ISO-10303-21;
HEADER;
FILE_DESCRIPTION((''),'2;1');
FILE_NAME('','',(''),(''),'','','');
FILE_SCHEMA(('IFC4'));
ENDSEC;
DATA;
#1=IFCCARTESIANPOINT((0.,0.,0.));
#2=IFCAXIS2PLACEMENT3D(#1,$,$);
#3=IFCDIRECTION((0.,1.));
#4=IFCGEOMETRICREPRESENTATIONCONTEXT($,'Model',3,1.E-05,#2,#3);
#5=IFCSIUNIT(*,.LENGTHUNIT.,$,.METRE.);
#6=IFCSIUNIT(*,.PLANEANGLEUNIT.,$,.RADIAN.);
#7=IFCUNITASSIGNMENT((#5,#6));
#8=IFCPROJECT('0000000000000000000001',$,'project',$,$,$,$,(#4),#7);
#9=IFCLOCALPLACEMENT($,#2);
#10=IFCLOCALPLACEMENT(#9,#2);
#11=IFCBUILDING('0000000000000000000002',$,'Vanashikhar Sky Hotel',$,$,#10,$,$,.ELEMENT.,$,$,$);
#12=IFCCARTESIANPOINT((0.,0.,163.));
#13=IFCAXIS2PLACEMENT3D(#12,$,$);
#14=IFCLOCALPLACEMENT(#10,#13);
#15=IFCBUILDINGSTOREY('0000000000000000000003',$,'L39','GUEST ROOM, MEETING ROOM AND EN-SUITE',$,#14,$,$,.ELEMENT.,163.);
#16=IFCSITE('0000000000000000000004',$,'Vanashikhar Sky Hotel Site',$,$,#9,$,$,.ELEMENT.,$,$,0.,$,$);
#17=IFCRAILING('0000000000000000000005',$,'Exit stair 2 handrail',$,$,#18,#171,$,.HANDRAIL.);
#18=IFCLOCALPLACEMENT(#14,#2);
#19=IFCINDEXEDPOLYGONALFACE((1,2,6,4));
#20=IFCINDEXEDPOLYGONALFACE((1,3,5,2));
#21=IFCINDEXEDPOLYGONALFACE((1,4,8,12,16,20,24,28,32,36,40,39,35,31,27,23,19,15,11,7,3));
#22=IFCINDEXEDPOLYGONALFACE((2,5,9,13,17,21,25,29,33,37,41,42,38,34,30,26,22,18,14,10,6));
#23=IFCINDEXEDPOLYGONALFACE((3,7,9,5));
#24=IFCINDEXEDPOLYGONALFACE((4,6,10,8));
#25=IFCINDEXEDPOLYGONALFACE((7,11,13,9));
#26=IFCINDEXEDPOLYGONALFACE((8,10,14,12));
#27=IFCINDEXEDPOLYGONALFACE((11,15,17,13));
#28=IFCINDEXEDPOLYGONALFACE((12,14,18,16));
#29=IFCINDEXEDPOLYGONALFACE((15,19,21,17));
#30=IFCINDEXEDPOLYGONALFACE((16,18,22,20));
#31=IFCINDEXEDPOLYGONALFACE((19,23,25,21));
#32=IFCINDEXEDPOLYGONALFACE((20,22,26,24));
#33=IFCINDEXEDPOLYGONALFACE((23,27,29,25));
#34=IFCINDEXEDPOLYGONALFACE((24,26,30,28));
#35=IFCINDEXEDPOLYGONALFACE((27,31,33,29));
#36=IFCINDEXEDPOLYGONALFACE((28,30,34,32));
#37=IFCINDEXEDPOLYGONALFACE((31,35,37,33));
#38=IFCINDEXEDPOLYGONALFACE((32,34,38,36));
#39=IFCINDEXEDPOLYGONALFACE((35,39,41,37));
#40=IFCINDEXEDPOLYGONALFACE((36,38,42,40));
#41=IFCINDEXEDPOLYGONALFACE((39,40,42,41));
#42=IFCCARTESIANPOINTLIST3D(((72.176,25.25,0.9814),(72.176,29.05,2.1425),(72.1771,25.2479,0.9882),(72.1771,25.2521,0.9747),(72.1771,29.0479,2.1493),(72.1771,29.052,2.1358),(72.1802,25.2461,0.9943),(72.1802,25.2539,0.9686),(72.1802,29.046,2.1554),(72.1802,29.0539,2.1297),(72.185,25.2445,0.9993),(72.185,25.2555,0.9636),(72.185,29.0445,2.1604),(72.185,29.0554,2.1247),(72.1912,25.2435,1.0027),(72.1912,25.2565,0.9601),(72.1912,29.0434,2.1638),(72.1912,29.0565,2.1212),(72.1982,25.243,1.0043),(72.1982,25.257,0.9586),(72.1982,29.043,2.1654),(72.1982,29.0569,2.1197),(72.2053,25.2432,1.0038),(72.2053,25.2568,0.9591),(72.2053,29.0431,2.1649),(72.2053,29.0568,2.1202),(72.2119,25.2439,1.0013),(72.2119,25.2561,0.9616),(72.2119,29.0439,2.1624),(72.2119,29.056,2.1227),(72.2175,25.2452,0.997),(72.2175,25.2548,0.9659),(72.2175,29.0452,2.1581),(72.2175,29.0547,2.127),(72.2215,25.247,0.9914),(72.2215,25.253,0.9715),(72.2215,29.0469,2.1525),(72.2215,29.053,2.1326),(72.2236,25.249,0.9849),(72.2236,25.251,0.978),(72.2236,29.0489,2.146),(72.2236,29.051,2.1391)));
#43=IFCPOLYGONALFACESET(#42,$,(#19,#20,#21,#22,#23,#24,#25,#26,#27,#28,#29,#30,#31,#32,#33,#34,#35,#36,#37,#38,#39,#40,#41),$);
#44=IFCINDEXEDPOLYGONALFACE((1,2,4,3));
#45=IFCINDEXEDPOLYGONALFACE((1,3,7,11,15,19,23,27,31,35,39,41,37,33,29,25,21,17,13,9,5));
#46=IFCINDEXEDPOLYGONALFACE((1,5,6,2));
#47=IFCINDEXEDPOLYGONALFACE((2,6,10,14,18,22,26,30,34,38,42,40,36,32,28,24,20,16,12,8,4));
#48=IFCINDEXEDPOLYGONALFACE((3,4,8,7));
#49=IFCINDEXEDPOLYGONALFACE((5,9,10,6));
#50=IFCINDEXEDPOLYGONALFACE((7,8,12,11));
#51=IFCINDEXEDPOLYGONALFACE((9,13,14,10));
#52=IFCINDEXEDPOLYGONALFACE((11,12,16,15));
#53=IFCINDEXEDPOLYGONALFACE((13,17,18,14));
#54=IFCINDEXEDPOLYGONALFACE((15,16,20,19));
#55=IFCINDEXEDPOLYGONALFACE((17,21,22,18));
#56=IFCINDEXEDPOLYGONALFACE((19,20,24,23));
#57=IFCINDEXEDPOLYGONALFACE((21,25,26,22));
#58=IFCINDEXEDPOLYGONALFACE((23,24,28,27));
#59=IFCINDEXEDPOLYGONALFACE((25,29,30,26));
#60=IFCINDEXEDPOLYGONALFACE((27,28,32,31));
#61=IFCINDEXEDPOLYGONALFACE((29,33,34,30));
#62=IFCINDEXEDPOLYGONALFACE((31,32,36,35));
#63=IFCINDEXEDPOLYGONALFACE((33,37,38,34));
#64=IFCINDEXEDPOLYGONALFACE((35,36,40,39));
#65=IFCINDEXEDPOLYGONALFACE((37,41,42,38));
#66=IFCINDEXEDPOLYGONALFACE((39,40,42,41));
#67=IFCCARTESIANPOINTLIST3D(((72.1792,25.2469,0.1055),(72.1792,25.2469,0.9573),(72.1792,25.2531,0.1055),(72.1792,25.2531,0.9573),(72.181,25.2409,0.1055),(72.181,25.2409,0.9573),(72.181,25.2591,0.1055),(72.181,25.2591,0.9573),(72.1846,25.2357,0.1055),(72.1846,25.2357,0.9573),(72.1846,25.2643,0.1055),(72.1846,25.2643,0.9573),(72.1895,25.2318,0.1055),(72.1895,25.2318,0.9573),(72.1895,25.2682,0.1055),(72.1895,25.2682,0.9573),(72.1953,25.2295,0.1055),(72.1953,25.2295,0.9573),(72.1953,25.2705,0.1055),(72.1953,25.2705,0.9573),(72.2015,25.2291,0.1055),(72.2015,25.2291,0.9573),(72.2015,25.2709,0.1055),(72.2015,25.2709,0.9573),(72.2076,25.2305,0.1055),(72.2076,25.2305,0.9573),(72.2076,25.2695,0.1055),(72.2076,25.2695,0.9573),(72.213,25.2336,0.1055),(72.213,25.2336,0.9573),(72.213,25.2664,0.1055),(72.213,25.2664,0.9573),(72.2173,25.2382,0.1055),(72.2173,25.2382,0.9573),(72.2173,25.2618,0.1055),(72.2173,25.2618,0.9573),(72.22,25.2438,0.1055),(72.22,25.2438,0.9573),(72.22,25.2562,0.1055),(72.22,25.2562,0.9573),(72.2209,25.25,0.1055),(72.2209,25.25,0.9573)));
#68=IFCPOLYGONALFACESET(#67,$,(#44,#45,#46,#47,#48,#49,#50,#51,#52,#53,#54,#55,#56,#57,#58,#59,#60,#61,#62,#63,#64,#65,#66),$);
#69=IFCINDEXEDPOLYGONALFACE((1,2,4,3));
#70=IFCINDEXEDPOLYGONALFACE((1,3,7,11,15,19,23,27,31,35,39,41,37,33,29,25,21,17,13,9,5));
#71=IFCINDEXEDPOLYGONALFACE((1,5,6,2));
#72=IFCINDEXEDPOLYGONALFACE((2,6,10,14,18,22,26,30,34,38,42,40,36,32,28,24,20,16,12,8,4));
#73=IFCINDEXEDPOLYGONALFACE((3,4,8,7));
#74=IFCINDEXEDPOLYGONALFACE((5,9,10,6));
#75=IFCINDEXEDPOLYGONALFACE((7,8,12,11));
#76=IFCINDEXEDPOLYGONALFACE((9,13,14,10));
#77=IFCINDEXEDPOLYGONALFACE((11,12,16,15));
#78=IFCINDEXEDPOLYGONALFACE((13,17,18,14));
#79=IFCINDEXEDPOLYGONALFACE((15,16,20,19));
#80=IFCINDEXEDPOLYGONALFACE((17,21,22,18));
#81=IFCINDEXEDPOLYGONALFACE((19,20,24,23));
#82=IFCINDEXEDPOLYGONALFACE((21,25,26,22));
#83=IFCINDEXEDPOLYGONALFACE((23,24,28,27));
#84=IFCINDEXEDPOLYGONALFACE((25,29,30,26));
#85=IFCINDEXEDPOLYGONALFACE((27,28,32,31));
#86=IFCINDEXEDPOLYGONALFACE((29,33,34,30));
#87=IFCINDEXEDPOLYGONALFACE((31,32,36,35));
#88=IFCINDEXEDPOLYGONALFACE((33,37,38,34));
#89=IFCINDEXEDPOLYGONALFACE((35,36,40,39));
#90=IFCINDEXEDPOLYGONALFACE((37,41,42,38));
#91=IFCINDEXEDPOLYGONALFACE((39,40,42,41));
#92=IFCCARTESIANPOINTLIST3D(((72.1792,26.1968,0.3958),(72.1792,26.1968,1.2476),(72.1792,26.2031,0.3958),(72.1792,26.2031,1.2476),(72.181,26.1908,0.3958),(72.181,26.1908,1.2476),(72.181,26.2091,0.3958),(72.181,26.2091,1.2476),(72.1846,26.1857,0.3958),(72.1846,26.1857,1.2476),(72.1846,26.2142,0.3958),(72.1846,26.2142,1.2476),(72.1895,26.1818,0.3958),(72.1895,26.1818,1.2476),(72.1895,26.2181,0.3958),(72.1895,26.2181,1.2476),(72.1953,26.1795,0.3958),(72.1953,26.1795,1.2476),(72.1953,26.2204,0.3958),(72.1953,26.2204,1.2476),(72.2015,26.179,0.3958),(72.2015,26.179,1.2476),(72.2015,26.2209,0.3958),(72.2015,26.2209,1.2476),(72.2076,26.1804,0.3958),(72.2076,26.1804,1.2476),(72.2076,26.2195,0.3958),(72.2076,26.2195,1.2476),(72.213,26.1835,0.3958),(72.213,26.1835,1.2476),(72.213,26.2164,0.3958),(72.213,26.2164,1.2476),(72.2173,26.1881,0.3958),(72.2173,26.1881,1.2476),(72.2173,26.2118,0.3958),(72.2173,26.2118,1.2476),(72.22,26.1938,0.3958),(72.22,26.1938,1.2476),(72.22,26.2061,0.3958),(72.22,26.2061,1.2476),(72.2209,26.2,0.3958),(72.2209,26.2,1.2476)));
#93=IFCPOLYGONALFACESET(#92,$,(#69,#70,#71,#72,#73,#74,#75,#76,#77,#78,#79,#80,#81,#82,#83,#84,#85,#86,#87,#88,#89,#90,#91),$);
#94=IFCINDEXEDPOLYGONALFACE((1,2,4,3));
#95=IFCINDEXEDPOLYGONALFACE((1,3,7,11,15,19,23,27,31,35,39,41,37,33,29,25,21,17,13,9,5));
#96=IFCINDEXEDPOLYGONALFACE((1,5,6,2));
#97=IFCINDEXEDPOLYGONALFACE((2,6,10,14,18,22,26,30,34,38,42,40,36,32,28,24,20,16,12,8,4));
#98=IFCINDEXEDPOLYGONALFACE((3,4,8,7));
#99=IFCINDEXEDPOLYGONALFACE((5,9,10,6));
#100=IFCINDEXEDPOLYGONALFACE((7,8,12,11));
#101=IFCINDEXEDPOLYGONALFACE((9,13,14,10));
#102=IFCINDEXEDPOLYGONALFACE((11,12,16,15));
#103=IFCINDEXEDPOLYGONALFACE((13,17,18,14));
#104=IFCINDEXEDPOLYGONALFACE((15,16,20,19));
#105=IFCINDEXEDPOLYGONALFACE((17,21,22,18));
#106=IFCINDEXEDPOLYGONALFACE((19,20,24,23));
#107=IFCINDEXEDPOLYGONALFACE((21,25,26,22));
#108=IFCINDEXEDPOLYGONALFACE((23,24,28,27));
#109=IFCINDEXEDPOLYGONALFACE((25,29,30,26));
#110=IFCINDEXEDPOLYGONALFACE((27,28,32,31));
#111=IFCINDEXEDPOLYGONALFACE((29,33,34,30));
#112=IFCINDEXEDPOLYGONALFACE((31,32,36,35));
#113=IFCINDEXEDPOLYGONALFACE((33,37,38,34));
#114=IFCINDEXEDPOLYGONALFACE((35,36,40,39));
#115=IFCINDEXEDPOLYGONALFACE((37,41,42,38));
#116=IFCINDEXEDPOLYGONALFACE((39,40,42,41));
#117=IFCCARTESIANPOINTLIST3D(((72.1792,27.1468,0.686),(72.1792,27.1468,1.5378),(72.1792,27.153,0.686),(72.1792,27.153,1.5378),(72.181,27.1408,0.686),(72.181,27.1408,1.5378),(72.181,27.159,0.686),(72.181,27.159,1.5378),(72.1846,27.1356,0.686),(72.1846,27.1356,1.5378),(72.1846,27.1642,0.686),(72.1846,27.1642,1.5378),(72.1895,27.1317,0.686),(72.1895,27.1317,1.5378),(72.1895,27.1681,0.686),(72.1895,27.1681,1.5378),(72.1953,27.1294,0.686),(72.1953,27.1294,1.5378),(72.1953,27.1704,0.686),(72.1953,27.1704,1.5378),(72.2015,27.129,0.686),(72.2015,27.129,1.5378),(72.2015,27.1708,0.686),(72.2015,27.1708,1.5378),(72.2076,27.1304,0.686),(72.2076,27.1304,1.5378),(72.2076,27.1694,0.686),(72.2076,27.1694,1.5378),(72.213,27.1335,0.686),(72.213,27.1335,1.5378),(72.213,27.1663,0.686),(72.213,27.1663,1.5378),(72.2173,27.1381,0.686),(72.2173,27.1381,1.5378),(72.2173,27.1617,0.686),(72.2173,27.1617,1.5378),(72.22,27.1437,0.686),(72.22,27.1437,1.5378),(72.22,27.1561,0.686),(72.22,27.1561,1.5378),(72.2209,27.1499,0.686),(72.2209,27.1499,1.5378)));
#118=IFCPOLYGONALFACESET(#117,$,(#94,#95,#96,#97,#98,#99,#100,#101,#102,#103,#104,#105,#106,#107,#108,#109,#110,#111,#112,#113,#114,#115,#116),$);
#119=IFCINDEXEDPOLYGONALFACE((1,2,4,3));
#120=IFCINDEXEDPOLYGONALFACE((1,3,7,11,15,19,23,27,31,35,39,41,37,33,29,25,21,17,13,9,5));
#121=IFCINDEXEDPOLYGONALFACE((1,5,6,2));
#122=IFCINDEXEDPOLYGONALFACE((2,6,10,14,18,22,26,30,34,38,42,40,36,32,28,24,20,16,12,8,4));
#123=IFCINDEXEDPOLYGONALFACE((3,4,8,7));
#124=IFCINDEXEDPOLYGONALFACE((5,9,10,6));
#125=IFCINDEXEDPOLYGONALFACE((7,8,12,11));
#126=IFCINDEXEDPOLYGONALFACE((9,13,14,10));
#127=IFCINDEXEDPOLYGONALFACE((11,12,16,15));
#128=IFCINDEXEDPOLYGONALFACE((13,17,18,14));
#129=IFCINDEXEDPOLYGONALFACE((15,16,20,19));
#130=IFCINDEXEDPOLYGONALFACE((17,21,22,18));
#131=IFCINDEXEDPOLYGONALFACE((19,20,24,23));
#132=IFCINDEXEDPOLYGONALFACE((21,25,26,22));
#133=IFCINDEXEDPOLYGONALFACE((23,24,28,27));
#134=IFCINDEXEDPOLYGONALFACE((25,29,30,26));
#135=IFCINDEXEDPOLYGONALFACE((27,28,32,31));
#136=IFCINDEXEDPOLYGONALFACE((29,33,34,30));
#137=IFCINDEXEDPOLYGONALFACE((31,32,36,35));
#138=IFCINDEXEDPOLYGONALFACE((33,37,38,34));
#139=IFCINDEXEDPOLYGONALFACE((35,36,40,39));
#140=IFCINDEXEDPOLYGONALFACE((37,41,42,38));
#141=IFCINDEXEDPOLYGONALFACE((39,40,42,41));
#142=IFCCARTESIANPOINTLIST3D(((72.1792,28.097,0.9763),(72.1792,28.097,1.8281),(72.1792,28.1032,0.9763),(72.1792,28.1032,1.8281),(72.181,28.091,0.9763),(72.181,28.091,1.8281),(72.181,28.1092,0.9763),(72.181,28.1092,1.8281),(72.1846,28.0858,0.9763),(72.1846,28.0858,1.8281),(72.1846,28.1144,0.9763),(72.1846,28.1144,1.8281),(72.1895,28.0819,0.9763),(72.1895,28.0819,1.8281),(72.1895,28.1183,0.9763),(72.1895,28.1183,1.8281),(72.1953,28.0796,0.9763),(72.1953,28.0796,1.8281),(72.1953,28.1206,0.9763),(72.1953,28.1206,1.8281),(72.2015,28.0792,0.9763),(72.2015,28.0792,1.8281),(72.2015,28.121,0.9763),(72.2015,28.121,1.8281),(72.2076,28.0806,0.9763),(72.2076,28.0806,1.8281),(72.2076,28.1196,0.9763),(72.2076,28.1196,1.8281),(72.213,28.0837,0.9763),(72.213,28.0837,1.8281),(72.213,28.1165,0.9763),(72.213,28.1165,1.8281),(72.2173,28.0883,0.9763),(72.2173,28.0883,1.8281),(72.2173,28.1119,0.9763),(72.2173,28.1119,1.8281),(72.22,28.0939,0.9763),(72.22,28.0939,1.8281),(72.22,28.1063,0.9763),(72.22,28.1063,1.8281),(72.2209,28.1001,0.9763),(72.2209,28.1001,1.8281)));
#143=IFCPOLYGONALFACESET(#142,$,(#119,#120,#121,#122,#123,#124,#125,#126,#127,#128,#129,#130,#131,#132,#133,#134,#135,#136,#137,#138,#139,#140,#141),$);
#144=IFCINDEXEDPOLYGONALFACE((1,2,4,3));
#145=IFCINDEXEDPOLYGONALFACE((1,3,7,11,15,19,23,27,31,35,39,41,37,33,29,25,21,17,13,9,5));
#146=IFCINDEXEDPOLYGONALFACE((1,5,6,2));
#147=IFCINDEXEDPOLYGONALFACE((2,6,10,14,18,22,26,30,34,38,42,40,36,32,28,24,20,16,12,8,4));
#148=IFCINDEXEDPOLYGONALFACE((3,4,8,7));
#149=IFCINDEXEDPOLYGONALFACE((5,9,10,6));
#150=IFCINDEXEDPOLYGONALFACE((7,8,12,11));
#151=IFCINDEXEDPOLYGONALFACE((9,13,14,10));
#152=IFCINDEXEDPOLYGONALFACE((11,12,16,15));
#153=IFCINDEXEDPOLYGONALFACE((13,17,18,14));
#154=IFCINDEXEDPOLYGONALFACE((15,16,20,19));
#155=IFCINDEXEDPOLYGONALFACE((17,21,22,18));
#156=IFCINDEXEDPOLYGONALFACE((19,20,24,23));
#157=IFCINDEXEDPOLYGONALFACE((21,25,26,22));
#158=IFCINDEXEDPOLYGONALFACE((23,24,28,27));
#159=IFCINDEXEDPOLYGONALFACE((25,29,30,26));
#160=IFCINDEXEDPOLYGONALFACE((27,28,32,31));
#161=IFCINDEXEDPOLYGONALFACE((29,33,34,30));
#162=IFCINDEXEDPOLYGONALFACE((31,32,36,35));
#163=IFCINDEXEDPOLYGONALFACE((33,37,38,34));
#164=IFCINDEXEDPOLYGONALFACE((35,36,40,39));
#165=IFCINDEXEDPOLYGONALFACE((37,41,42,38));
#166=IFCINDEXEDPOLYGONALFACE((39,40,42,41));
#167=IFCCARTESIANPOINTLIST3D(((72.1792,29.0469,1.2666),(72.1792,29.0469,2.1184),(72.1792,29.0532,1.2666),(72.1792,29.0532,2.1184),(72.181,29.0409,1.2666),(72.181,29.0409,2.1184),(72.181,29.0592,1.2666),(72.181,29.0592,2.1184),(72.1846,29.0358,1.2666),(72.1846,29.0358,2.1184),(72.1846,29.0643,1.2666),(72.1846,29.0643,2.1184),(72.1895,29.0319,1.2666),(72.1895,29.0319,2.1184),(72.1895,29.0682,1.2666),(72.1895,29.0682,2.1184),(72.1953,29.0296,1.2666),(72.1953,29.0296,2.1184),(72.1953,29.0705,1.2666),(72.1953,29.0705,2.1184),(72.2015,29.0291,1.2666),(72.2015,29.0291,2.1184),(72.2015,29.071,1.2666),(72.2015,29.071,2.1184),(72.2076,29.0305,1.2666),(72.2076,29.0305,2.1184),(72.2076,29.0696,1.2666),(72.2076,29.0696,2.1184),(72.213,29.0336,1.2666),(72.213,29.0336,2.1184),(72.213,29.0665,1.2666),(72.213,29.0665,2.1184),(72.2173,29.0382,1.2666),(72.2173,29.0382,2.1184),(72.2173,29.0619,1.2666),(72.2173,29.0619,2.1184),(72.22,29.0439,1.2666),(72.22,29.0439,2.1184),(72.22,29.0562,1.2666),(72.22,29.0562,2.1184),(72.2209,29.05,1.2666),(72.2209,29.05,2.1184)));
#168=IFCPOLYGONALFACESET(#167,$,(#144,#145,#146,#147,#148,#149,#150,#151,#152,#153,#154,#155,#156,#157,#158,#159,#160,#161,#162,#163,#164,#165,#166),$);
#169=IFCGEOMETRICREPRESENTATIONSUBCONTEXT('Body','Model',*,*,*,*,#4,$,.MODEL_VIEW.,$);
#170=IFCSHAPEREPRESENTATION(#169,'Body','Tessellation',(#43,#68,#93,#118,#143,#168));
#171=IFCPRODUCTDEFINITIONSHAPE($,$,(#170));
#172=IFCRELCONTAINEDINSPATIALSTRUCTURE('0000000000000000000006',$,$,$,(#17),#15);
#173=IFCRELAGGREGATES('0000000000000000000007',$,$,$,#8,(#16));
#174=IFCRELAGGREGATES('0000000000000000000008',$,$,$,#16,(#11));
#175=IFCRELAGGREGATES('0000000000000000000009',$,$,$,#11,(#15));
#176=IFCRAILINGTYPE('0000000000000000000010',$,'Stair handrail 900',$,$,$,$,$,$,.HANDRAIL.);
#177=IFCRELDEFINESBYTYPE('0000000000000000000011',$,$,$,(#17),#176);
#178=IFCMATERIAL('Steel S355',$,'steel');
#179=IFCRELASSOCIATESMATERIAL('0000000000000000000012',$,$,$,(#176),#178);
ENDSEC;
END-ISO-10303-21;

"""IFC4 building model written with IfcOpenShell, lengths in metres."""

from ifc_helpers import new_model, si_unit, direction, frame, origin, origin_2d, place, context, subcontext, project, spatial, circle, extrude, source, transform, mapped, material, type_object, element, save


model = new_model("IFC4")

# Units and contexts
model_context = context("Model", 3, precision=1e-05, world=origin(), true_north=direction((0.0, 1.0)))
body_context = subcontext(model_context, "Body", "Model", "MODEL_VIEW")
ifc_project = project(units=[si_unit("LENGTHUNIT", "METRE"), si_unit("PLANEANGLEUNIT", "RADIAN")], contexts=[model_context])

# Site, building, storey
site_placement = place(None, origin())
site = spatial("IfcSite", under=ifc_project, at=site_placement, Name="Vanashikhar Sky Hotel Site", CompositionType="ELEMENT", RefElevation=0.0)
building_placement = place(site_placement, origin())
building = spatial("IfcBuilding", under=site, at=building_placement, Name="Vanashikhar Sky Hotel", CompositionType="ELEMENT")
storey_placement = place(building_placement, frame((0.0, 0.0, 163.0)))
storey = spatial("IfcBuildingStorey", under=building, at=storey_placement, Name="L39", Description="GUEST ROOM, MEETING ROOM AND EN-SUITE", CompositionType="ELEMENT", Elevation=163.0)

# Railing
ifc_material_1 = material(Name="Steel S355", Category="steel")
railing_type_1 = type_object("IfcRailingType", Name="Stair handrail 900", PredefinedType="HANDRAIL", material=ifc_material_1)
shared_shape_1 = source(origin(), body_context, "Body", "SweptSolid", [
    extrude(circle(Radius=0.0239, at=origin_2d()), frame((0.0, 0.0, 0.876), z_axis=(0.0, 0.956351, 0.29222), x_axis=(-1.0, 0.0, 0.0)), (0.0, 0.0, 1.0), 3.9734),
    extrude(circle(Radius=0.021, at=origin_2d()), origin(), (0.0, 0.0, 1.0), 0.8518),
    extrude(circle(Radius=0.021, at=origin_2d()), frame((0.0, 0.95, 0.2903)), (0.0, 0.0, 1.0), 0.8518),
    extrude(circle(Radius=0.021, at=origin_2d()), frame((0.0, 1.8999, 0.5806)), (0.0, 0.0, 1.0), 0.8518),
    extrude(circle(Radius=0.021, at=origin_2d()), frame((0.0, 2.8501, 0.8708)), (0.0, 0.0, 1.0), 0.8518),
    extrude(circle(Radius=0.021, at=origin_2d()), frame((0.0, 3.8, 1.1611)), (0.0, 0.0, 1.0), 0.8518),
])
for number, where, name in (
    (1, (72.2, 25.25, 0.1055), "Exit stair 2 handrail"),
):
    element("IfcRailing", number, at=place(storey_placement, frame(where)), inside=storey, type_object=railing_type_1, Name=name, PredefinedType="HANDRAIL", context=body_context, shape_type="MappedRepresentation", body=[
        mapped(shared_shape_1, transform((0.0, 0.0, 0.0), scale=1.0)),
    ])

save(model, "model.ifc")
